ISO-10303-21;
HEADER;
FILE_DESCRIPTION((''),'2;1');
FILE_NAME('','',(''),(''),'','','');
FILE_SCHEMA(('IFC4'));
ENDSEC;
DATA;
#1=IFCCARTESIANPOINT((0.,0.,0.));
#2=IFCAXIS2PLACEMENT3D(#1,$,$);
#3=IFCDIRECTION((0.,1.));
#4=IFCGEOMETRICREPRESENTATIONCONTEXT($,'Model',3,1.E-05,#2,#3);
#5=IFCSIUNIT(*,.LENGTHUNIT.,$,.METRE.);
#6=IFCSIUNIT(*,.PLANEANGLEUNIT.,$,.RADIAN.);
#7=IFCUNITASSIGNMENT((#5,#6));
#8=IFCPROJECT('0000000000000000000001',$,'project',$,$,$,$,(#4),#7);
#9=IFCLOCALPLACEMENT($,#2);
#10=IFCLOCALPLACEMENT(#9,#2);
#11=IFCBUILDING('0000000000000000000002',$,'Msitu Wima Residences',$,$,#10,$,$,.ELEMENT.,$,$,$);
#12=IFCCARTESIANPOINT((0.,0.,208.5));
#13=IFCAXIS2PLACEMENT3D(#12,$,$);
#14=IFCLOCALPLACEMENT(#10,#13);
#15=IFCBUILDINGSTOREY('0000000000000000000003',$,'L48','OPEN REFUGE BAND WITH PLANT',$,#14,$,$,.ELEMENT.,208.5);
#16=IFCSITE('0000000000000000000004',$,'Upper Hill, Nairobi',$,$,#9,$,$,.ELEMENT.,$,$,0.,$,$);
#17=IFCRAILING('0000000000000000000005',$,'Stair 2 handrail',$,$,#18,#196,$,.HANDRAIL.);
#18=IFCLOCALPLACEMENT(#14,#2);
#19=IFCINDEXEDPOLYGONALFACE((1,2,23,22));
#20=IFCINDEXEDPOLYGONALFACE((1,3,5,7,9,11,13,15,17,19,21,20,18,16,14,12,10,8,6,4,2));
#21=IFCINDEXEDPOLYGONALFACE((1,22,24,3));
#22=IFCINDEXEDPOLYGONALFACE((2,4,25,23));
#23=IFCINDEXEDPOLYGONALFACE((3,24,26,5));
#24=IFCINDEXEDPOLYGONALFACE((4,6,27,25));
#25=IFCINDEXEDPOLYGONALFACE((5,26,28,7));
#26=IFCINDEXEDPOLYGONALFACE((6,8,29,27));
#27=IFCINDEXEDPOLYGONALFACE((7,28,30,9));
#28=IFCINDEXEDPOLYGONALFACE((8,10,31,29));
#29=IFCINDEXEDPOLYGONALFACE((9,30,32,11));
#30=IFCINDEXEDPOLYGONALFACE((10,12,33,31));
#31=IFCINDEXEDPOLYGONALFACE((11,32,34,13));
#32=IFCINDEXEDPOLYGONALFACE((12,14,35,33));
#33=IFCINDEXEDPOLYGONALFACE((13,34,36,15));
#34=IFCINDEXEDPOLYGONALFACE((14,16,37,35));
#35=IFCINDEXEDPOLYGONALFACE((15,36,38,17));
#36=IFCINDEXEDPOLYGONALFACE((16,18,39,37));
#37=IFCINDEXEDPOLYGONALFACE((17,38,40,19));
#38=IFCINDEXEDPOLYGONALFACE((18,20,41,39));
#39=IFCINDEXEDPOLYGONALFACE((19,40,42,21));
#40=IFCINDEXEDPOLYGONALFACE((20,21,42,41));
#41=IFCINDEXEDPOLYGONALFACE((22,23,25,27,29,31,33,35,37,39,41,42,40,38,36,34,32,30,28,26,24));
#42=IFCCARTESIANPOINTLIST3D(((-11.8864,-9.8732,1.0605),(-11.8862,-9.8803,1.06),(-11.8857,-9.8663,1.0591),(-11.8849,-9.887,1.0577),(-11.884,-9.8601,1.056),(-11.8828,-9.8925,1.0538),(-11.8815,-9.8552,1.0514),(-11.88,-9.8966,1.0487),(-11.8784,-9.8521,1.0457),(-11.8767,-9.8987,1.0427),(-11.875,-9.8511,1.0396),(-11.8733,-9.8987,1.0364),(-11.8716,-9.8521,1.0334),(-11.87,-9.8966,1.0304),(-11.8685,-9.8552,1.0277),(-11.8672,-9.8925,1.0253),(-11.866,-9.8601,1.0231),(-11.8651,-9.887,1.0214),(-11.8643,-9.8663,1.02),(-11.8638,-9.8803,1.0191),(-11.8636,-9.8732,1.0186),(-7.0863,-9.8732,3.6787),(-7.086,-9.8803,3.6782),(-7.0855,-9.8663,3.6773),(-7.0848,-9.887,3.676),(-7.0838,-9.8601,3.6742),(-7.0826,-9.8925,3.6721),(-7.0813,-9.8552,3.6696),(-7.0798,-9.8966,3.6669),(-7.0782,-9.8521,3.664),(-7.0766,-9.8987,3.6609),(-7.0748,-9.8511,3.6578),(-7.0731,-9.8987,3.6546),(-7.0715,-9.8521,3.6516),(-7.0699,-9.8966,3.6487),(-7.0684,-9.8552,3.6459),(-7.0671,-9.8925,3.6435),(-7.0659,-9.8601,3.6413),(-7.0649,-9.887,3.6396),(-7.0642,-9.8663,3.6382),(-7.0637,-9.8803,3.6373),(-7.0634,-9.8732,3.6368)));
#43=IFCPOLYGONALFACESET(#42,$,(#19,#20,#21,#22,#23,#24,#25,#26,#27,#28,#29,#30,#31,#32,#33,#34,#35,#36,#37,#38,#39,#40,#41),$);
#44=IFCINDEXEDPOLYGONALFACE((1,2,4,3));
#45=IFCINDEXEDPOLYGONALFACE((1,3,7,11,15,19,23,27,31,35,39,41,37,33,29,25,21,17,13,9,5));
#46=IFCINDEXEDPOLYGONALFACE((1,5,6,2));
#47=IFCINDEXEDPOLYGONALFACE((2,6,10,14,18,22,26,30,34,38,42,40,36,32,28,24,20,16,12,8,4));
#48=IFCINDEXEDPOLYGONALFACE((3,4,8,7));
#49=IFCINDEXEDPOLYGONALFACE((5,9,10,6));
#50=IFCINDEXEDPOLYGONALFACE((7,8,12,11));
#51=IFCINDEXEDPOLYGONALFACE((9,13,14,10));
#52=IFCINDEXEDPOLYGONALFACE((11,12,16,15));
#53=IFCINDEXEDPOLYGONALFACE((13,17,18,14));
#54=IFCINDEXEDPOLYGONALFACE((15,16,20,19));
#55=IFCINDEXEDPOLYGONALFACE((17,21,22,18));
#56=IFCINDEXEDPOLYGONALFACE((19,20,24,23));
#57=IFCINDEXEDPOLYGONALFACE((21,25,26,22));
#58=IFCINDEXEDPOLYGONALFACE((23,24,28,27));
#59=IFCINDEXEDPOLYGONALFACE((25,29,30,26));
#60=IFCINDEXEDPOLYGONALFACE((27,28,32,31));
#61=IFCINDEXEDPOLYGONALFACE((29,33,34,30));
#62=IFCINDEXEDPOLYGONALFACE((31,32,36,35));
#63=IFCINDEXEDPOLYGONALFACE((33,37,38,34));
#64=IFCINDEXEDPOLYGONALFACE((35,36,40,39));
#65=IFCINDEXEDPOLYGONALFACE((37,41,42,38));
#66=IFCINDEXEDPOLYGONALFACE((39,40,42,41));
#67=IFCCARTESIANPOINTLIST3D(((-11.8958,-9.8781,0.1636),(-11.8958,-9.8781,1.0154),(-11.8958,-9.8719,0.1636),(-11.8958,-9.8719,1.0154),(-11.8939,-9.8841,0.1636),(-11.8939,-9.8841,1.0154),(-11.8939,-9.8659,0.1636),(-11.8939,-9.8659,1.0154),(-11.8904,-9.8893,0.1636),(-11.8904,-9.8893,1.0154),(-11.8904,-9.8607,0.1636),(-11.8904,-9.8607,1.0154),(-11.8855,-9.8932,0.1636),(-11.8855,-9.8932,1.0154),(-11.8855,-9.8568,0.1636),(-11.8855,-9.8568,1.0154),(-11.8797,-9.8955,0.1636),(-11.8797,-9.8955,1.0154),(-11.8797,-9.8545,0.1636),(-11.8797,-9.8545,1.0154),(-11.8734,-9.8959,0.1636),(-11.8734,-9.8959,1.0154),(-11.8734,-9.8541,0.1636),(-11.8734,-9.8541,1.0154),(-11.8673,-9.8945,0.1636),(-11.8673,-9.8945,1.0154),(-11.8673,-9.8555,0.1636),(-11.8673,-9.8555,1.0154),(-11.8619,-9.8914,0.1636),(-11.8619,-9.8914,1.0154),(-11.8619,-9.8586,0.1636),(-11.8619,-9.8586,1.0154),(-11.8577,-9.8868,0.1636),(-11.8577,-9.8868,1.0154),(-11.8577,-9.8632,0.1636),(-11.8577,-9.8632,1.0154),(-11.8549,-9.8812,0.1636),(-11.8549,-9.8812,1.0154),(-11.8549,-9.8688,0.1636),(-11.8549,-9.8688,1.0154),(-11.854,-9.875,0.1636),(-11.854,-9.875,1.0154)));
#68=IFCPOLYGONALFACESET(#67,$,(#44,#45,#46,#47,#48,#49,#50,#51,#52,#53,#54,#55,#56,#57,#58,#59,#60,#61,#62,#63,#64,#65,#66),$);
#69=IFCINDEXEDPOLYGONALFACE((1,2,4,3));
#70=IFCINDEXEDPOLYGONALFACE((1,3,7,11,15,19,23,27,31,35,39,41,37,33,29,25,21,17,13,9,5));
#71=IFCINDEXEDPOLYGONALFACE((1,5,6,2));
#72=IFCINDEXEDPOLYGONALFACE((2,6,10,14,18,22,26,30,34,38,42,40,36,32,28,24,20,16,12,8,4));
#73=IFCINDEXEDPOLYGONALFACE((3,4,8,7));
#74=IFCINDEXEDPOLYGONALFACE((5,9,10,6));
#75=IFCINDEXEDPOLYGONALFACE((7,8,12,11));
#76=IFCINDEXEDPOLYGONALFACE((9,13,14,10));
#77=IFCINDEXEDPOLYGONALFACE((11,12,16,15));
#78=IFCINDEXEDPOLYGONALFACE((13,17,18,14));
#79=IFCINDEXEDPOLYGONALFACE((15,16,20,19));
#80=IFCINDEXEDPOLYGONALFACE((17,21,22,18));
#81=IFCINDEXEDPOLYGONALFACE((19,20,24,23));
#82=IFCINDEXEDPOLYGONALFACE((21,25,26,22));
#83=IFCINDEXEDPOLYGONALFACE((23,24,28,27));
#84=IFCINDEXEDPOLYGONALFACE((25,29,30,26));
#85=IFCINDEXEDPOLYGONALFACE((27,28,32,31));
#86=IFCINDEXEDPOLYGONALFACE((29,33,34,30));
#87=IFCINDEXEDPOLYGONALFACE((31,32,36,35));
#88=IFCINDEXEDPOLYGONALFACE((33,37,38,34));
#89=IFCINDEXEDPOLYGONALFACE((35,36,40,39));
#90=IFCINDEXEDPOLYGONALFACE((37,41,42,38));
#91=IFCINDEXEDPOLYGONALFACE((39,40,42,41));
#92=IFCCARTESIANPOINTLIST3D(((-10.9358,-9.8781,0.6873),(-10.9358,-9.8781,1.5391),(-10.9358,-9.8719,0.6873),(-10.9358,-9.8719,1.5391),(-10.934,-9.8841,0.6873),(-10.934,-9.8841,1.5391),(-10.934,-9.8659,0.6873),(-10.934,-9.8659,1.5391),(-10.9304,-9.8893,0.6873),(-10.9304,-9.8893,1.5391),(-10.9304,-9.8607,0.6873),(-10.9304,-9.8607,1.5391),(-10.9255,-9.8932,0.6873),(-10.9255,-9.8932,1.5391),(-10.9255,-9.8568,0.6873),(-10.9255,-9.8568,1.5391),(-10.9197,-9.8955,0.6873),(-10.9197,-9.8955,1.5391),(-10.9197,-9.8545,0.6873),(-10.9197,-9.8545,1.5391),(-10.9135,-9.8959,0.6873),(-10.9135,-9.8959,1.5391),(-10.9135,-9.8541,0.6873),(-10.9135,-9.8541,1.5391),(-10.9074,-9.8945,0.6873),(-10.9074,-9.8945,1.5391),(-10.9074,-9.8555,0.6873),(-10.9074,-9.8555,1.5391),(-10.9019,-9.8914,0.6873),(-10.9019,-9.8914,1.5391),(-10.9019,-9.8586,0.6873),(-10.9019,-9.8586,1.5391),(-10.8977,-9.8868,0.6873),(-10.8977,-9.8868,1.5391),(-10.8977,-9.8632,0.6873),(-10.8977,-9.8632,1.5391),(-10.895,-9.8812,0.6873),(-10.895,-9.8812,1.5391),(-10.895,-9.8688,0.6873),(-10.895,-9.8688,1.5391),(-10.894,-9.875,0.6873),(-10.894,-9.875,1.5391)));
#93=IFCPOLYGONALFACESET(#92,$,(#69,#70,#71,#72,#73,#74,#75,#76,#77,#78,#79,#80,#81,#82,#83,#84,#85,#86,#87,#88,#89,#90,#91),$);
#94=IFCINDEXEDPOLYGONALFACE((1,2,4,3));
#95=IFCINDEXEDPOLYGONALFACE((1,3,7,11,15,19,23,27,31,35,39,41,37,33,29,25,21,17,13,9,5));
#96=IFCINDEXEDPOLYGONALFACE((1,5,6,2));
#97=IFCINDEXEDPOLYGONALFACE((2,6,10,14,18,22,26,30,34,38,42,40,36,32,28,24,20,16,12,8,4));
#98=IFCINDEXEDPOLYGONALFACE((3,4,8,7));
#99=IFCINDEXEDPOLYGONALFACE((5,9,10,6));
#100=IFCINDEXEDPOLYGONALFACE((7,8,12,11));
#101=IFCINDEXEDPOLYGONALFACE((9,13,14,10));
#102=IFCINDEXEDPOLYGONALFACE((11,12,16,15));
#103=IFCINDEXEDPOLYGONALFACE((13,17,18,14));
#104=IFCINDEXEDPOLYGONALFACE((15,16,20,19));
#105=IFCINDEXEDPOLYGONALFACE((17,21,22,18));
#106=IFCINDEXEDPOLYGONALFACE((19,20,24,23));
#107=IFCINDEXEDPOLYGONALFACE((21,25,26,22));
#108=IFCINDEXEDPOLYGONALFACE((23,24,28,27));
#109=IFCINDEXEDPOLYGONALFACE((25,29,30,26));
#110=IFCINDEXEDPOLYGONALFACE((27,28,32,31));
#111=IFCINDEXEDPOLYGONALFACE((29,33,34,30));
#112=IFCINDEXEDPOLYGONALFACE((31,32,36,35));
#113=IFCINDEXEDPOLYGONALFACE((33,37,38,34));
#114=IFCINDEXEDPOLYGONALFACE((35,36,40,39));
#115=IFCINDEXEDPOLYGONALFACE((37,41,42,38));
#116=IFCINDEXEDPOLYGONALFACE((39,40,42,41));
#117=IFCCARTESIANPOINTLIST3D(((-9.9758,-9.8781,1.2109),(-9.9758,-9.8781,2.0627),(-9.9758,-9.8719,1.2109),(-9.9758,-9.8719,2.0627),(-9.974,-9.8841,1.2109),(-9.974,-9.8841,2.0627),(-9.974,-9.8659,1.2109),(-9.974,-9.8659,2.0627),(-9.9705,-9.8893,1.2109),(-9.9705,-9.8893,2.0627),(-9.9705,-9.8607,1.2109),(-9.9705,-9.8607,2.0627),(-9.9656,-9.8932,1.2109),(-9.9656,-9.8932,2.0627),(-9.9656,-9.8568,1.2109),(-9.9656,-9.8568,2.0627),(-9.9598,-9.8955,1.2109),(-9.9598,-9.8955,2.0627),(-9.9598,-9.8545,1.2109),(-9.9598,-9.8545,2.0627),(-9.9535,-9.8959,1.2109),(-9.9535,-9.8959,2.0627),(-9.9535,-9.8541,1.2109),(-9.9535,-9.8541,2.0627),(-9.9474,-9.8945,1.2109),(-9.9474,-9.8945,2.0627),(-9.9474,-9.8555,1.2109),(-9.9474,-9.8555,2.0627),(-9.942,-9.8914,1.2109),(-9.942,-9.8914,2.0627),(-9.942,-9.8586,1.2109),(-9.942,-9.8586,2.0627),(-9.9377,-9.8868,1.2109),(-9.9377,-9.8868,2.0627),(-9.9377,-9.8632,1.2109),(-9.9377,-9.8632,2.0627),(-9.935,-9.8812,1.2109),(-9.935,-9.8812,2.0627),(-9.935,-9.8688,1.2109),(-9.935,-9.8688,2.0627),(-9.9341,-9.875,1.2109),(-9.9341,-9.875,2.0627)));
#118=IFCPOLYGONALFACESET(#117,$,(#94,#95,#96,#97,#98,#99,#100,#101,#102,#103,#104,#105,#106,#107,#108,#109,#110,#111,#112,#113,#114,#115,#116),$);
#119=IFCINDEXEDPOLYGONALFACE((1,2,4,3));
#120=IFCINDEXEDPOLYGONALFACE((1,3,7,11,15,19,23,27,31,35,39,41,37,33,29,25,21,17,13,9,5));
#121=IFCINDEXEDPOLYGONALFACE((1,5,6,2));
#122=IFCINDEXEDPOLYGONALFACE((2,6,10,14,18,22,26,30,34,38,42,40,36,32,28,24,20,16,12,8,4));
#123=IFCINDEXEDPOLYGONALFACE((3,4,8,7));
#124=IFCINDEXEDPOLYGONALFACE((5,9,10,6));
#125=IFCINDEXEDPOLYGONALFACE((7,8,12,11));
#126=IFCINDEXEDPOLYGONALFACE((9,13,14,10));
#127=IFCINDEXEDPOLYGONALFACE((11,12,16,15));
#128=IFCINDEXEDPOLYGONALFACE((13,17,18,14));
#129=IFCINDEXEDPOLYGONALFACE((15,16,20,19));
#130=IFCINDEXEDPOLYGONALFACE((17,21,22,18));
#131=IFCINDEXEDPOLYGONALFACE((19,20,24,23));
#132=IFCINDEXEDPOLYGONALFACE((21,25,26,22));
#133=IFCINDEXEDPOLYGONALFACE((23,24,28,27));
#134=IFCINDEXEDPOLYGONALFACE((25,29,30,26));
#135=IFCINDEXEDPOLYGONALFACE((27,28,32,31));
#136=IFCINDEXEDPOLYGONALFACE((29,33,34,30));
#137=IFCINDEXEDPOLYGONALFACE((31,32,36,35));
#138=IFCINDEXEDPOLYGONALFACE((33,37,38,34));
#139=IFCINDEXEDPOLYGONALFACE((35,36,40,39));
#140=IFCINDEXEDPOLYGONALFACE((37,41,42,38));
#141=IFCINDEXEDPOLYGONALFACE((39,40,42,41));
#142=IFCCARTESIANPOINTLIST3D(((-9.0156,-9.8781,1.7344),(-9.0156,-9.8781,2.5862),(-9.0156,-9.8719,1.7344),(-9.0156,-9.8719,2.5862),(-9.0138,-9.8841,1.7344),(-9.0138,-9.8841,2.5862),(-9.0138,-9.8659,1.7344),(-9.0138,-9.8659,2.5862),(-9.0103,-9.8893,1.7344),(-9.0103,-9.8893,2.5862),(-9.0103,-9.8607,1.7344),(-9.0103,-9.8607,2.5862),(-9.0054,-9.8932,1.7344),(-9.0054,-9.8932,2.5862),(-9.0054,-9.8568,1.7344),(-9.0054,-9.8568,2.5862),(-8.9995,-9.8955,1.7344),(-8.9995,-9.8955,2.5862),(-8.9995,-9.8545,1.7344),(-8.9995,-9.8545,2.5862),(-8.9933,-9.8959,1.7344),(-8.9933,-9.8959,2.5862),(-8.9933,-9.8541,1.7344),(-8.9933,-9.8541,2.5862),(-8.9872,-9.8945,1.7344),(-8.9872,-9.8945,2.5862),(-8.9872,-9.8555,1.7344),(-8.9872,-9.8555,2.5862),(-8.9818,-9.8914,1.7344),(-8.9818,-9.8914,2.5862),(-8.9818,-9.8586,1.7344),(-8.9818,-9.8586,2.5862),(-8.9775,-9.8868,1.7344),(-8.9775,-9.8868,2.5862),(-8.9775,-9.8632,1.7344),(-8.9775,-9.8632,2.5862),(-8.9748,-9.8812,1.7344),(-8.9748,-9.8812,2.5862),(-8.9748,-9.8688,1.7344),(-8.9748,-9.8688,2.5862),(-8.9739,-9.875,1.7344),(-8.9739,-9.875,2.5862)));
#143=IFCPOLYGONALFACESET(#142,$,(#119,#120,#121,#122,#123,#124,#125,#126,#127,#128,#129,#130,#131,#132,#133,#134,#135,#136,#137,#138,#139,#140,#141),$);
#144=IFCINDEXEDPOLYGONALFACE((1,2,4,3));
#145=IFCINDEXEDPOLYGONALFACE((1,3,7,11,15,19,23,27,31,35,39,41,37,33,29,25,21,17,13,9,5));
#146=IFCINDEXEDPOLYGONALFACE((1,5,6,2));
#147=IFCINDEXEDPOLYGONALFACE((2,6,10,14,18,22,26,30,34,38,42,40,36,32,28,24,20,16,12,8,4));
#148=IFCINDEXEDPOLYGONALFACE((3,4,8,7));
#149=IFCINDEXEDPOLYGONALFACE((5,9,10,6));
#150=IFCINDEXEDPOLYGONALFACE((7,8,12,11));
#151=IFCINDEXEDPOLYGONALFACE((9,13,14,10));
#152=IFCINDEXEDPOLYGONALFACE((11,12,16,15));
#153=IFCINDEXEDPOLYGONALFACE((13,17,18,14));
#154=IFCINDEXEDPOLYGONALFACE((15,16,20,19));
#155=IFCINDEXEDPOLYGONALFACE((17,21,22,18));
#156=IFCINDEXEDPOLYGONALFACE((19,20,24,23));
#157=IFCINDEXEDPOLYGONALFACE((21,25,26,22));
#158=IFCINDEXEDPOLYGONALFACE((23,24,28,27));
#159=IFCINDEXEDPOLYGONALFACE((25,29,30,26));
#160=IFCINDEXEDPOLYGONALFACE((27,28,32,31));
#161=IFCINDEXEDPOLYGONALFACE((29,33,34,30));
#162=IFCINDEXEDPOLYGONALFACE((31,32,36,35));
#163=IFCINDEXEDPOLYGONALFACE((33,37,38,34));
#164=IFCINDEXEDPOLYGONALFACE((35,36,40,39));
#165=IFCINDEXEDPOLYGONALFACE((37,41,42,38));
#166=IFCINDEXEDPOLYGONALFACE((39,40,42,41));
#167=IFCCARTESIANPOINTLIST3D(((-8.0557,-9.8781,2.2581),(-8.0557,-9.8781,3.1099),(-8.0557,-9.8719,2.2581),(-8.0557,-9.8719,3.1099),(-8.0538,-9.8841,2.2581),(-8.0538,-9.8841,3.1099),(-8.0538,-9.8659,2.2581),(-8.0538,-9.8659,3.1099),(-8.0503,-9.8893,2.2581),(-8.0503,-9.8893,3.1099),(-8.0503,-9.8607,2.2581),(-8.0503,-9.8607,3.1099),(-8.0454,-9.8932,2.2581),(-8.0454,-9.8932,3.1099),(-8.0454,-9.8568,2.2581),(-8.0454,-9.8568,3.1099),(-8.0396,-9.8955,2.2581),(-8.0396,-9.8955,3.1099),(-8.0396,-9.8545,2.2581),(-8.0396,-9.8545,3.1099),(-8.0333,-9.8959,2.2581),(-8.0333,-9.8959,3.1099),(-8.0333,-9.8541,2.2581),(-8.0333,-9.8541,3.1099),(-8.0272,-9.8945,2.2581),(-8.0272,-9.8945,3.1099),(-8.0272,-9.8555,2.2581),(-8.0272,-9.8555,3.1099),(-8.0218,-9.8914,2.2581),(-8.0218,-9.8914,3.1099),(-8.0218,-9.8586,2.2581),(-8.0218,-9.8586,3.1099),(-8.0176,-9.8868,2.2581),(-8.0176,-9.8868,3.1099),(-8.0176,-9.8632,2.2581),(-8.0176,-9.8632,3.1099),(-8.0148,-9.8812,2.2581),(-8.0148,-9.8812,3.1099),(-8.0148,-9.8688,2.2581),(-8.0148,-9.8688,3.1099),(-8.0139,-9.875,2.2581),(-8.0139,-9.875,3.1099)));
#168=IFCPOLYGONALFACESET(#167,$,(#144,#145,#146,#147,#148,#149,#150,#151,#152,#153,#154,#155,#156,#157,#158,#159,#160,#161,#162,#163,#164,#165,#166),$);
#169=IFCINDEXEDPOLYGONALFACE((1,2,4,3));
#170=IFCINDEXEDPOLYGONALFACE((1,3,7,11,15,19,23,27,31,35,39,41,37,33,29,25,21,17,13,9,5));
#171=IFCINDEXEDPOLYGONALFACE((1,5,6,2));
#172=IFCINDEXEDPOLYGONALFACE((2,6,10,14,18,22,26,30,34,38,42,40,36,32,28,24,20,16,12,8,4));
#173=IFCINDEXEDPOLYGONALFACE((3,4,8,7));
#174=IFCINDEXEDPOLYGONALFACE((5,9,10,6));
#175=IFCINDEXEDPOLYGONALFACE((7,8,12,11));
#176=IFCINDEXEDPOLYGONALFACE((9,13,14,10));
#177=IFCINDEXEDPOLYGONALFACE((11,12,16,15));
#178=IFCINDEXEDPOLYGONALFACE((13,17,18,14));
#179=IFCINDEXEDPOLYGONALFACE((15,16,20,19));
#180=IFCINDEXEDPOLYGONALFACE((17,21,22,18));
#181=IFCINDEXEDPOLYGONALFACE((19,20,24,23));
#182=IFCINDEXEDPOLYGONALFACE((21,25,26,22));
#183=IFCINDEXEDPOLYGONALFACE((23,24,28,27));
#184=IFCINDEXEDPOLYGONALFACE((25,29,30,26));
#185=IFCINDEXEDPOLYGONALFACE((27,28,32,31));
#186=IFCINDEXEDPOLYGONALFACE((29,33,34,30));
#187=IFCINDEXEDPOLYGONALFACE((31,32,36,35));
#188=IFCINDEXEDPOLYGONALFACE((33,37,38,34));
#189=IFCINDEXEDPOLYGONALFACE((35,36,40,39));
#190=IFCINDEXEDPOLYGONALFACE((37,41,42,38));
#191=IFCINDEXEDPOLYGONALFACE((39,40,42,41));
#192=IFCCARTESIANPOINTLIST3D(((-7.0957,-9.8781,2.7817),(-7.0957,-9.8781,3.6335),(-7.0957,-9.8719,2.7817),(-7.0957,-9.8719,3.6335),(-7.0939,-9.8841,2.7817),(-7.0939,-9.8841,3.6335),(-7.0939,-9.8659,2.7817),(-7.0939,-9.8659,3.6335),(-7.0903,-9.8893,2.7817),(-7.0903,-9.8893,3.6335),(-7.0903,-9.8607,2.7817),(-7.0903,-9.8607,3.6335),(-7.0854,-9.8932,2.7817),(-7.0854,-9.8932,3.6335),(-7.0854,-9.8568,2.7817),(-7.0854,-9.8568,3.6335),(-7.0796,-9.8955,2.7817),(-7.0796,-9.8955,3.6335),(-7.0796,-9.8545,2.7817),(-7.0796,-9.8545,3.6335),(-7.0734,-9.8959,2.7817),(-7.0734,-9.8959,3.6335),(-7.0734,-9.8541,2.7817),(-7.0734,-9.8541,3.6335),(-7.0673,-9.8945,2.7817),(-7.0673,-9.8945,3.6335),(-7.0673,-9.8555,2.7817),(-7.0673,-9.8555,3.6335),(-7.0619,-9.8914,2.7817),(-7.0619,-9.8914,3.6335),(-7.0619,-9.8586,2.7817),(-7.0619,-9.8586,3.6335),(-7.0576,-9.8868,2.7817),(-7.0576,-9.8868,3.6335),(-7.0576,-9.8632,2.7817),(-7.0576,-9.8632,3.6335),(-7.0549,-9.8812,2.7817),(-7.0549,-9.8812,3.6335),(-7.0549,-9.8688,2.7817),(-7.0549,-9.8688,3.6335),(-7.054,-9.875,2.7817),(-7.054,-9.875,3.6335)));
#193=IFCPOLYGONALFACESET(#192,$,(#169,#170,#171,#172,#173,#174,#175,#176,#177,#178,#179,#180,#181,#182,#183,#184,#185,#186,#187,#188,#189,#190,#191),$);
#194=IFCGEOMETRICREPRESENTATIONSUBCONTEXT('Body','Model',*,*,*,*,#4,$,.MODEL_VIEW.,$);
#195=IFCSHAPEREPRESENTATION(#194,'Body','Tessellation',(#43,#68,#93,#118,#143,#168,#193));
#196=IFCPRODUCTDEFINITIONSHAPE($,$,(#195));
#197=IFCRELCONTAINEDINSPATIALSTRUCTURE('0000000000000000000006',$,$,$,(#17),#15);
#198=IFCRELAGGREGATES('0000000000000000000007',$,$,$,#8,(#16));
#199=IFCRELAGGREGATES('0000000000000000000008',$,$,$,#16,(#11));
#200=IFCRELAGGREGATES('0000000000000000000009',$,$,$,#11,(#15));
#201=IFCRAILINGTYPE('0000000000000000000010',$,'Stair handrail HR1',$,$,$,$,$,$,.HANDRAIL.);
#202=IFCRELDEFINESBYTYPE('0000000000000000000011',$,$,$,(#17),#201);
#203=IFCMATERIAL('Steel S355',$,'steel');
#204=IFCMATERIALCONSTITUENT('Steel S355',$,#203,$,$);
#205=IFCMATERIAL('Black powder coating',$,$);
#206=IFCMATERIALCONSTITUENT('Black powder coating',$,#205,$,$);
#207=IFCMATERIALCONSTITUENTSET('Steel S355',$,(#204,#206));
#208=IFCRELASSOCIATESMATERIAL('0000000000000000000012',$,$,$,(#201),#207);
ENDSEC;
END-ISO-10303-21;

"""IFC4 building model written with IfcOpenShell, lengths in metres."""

from ifc_helpers import new_model, si_unit, direction, frame, origin, origin_2d, place, context, subcontext, project, spatial, circle, extrude, material, constituent, constituent_set, type_object, element, save


model = new_model("IFC4")

# Units and contexts
model_context = context("Model", 3, precision=1e-05, world=origin(), true_north=direction((0.0, 1.0)))
body_context = subcontext(model_context, "Body", "Model", "MODEL_VIEW")
ifc_project = project(units=[si_unit("LENGTHUNIT", "METRE"), si_unit("PLANEANGLEUNIT", "RADIAN")], contexts=[model_context])

# Site, building, storey
site_placement = place(None, origin())
site = spatial("IfcSite", under=ifc_project, at=site_placement, Name="Upper Hill, Nairobi", CompositionType="ELEMENT", RefElevation=0.0)
building_placement = place(site_placement, origin())
building = spatial("IfcBuilding", under=site, at=building_placement, Name="Msitu Wima Residences", CompositionType="ELEMENT")
storey_placement = place(building_placement, frame((0.0, 0.0, 208.5)))
storey = spatial("IfcBuildingStorey", under=building, at=storey_placement, Name="L48", Description="OPEN REFUGE BAND WITH PLANT", CompositionType="ELEMENT", Elevation=208.5)

# Railing
ifc_material_1 = material(Name="Steel S355", Category="steel")
ifc_constituent_1 = constituent(ifc_material_1, Name="Steel S355")
ifc_material_2 = material(Name="Black powder coating")
ifc_constituent_2 = constituent(ifc_material_2, Name="Black powder coating")
ifc_constituent_set = constituent_set(constituents=[ifc_constituent_1, ifc_constituent_2], Name="Steel S355")
railing_type = type_object("IfcRailingType", Name="Stair handrail HR1", PredefinedType="HANDRAIL", material=ifc_constituent_set)
for number, where, name in (
    (1, (-11.875, -9.875, 0.1636), "Stair 2 handrail"),
):
    element("IfcRailing", number, at=place(storey_placement, frame(where)), inside=storey, type_object=railing_type, Name=name, PredefinedType="HANDRAIL", context=body_context, shape_type="SweptSolid", body=[
        extrude(circle(Radius=0.0239, at=origin_2d()), frame((0.0, 0.0, 0.876), z_axis=(0.877899, 0.0, 0.478846), x_axis=(0.0, 1.0, 0.0)), (0.0, 0.0, 1.0), 5.4678),
        extrude(circle(Radius=0.021, at=origin_2d()), origin(), (0.0, 0.0, 1.0), 0.8518),
        extrude(circle(Radius=0.021, at=origin_2d()), frame((0.96, 0.0, 0.5237)), (0.0, 0.0, 1.0), 0.8518),
        extrude(circle(Radius=0.021, at=origin_2d()), frame((1.9199, 0.0, 1.0474)), (0.0, 0.0, 1.0), 0.8518),
        extrude(circle(Radius=0.021, at=origin_2d()), frame((2.8801, 0.0, 1.5708)), (0.0, 0.0, 1.0), 0.8518),
        extrude(circle(Radius=0.021, at=origin_2d()), frame((3.8401, 0.0, 2.0945)), (0.0, 0.0, 1.0), 0.8518),
        extrude(circle(Radius=0.021, at=origin_2d()), frame((4.8, 0.0, 2.6182)), (0.0, 0.0, 1.0), 0.8518),
    ])

save(model, "model.ifc")
